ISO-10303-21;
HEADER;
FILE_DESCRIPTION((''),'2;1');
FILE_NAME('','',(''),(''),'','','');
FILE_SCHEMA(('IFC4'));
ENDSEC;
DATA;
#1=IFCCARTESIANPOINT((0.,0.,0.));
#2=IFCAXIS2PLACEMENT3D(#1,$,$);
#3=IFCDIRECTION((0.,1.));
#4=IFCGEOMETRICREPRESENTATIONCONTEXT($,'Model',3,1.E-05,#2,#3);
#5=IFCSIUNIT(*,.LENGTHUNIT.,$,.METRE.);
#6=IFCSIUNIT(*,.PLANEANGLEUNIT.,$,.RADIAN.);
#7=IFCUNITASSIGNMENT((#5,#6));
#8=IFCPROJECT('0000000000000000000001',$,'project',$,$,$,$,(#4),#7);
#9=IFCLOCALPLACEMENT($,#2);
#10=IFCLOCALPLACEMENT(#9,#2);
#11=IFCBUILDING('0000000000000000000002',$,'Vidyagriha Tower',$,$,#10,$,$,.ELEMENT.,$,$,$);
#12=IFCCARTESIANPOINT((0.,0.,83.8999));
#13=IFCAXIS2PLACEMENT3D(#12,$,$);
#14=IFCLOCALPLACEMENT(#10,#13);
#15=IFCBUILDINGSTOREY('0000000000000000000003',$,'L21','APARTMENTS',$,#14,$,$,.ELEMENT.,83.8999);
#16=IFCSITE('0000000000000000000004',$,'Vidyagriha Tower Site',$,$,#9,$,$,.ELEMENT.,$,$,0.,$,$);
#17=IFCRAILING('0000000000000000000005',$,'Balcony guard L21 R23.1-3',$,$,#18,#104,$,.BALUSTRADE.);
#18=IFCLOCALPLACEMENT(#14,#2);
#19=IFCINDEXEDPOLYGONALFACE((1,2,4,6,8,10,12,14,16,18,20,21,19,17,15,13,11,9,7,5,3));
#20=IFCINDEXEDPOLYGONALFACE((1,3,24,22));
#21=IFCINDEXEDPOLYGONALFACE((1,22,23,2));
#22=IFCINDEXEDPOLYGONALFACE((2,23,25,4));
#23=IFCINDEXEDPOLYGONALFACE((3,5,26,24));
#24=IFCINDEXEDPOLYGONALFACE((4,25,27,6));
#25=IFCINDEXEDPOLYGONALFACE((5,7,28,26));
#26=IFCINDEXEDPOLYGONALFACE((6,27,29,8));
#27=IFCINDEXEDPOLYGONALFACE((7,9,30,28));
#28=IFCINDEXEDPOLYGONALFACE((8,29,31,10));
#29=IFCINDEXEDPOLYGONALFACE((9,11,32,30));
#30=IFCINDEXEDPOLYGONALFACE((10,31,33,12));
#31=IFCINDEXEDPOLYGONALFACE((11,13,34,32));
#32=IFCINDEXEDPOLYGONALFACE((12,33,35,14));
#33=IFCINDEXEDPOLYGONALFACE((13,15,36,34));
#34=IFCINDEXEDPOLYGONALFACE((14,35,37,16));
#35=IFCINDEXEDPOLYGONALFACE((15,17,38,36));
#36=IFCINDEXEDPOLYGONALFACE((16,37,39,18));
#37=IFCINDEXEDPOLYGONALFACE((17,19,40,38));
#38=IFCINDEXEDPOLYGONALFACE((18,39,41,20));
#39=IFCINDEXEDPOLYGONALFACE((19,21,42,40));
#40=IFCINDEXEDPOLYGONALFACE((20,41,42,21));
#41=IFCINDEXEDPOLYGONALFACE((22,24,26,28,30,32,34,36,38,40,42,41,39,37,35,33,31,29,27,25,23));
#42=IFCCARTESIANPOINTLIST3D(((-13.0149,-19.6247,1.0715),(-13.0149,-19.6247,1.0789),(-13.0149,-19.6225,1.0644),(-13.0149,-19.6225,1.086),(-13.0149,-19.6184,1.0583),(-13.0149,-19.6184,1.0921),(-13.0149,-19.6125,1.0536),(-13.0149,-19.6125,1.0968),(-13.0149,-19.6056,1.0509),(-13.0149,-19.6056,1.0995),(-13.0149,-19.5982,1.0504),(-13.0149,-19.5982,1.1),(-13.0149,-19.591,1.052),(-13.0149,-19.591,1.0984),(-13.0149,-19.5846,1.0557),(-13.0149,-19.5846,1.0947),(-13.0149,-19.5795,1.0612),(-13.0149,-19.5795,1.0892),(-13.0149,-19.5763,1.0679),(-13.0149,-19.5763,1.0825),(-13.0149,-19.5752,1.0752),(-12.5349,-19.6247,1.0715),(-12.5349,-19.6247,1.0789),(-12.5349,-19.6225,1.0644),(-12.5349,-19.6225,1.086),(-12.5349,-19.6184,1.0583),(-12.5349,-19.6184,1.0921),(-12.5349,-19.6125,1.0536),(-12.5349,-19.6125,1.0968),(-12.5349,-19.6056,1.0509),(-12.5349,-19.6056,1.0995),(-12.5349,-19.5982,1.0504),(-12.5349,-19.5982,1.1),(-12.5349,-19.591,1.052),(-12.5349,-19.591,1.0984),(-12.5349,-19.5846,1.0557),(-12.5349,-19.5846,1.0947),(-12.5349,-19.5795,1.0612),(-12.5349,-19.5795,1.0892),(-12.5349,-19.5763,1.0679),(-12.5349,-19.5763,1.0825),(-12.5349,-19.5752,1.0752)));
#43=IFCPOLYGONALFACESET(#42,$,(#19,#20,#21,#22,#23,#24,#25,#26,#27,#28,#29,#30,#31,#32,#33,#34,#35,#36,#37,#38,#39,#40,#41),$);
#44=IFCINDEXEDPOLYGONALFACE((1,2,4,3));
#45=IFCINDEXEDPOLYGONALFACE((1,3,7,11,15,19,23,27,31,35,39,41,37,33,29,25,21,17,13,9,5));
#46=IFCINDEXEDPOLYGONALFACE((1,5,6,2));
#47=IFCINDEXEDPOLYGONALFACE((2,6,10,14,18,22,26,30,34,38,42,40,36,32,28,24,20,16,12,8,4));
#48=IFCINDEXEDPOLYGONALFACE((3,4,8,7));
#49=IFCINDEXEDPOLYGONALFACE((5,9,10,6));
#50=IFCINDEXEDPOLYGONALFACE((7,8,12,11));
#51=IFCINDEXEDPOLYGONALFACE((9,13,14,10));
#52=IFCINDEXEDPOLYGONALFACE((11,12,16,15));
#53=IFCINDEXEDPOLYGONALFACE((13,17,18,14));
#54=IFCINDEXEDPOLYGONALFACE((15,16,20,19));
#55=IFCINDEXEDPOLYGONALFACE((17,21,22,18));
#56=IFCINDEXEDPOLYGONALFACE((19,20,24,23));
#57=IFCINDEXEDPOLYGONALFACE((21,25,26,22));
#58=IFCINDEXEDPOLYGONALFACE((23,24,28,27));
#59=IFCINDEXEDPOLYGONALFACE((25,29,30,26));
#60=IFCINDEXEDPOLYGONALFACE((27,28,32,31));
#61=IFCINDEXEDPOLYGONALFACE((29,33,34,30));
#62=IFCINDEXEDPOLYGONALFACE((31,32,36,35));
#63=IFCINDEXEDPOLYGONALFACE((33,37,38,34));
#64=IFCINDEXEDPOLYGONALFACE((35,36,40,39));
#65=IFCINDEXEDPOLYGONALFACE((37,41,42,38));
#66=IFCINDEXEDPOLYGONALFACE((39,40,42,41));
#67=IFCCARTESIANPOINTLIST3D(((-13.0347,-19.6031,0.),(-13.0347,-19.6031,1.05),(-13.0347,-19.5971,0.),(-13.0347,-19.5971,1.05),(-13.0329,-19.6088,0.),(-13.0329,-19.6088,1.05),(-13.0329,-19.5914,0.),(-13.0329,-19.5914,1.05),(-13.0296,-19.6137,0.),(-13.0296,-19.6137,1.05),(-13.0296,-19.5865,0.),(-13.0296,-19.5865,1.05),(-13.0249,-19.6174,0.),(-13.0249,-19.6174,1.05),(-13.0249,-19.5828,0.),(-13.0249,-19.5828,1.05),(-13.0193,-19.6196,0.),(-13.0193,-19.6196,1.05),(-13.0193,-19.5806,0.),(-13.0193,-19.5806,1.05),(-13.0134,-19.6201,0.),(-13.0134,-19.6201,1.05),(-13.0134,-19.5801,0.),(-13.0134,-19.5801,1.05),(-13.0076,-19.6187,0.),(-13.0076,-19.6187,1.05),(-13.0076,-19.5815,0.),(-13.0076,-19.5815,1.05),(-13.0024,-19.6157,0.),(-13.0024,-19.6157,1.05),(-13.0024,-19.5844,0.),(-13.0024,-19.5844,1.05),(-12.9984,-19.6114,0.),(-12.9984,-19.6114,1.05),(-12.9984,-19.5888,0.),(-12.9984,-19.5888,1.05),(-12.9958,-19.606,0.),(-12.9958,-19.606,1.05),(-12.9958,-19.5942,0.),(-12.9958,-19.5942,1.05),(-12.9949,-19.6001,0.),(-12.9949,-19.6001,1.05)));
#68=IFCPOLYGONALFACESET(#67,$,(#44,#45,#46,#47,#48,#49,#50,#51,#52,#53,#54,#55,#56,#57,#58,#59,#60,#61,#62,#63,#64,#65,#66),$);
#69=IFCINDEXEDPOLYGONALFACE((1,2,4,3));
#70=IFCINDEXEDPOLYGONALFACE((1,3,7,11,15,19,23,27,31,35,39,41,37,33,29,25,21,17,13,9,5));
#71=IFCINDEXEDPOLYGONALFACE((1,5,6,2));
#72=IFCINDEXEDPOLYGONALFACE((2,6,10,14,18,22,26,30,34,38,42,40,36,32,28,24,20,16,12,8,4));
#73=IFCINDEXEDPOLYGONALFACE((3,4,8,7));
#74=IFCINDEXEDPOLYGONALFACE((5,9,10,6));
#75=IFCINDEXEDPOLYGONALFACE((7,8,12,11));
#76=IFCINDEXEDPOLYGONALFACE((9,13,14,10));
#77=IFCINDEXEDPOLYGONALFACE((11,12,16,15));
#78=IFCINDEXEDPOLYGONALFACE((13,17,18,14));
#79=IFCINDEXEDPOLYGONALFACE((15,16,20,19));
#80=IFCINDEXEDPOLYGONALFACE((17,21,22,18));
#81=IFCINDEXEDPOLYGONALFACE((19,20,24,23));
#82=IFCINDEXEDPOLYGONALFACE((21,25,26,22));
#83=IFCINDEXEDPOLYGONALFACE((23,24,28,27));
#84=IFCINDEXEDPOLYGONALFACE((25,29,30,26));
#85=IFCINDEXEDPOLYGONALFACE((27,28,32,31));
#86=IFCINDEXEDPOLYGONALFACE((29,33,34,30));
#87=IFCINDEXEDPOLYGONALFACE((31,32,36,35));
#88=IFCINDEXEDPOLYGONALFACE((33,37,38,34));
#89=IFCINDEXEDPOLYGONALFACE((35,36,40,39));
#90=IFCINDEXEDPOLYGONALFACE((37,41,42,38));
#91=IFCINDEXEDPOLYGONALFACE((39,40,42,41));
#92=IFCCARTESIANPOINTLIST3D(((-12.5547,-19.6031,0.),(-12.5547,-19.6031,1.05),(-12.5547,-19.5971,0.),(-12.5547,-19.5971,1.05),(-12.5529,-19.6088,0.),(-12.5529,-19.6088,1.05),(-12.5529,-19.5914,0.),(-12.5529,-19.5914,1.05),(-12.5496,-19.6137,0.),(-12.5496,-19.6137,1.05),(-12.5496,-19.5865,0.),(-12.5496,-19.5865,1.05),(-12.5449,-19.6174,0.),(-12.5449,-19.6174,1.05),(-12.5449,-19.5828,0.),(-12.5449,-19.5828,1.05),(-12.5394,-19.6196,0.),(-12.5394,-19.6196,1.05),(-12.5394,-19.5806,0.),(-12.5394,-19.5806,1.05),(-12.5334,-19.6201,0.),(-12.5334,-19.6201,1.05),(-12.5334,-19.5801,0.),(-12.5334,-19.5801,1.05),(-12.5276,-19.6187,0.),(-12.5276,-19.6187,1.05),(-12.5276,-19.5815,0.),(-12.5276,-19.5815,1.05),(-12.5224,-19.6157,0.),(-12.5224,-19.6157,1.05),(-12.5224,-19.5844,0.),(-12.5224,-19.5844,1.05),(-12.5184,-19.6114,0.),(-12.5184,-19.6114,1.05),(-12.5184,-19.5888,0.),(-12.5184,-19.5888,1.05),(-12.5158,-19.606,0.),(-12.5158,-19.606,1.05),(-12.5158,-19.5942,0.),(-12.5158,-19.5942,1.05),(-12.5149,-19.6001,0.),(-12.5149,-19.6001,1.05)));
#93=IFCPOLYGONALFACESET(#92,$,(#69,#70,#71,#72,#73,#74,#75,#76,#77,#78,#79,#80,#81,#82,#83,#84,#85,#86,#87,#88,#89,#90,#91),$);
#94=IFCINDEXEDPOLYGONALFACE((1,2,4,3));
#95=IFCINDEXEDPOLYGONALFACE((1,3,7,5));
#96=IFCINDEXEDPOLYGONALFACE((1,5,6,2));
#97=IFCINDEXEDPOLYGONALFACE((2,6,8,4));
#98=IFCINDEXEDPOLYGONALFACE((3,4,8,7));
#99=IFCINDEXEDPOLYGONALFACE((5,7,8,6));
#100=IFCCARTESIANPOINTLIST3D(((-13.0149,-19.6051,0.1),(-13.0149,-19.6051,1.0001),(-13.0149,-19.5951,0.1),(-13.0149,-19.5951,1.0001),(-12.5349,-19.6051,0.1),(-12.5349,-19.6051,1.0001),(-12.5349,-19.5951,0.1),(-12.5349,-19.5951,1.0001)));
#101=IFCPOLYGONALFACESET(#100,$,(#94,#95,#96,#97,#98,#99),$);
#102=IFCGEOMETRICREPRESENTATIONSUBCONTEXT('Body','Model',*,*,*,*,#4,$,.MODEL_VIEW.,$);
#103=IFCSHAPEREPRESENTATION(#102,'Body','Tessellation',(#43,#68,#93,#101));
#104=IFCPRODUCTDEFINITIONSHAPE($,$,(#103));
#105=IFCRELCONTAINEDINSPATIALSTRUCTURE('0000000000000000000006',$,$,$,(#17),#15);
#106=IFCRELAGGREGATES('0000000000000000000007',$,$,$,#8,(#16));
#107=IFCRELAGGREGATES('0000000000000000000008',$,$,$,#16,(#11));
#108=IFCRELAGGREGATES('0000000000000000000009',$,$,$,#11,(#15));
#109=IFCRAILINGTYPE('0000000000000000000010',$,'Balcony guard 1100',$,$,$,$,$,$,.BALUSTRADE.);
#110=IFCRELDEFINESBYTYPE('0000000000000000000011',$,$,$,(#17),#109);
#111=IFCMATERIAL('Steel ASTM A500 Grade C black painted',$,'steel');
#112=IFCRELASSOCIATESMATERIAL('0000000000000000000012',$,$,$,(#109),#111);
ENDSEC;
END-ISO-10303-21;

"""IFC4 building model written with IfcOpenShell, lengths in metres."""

from ifc_helpers import new_model, si_unit, direction, frame, origin, origin_2d, place, context, subcontext, project, spatial, rectangle, circle, extrude, material, type_object, element, save


model = new_model("IFC4")

# Units and contexts
model_context = context("Model", 3, precision=1e-05, world=origin(), true_north=direction((0.0, 1.0)))
body_context = subcontext(model_context, "Body", "Model", "MODEL_VIEW")
ifc_project = project(units=[si_unit("LENGTHUNIT", "METRE"), si_unit("PLANEANGLEUNIT", "RADIAN")], contexts=[model_context])

# Site, building, storey
site_placement = place(None, origin())
site = spatial("IfcSite", under=ifc_project, at=site_placement, Name="Vidyagriha Tower Site", CompositionType="ELEMENT", RefElevation=0.0)
building_placement = place(site_placement, origin())
building = spatial("IfcBuilding", under=site, at=building_placement, Name="Vidyagriha Tower", CompositionType="ELEMENT")
storey_placement = place(building_placement, frame((0.0, 0.0, 83.8999)))
storey = spatial("IfcBuildingStorey", under=building, at=storey_placement, Name="L21", Description="APARTMENTS", CompositionType="ELEMENT", Elevation=83.8999)

# Railing
ifc_material_1 = material(Name="Steel ASTM A500 Grade C black painted", Category="steel")
railing_type = type_object("IfcRailingType", Name="Balcony guard 1100", PredefinedType="BALUSTRADE", material=ifc_material_1)
railing_1_placement = place(storey_placement, frame((-13.0149, -19.6001, 0.0)))
element("IfcRailing", 1, at=railing_1_placement, inside=storey, type_object=railing_type, Name="Balcony guard L21 R23.1-3", PredefinedType="BALUSTRADE", context=body_context, shape_type="SweptSolid", body=[
    extrude(circle(Radius=0.0249, at=origin_2d()), frame((0.0, 0.0, 1.0752), z_axis=(1.0, 0.0, 0.0), x_axis=(0.0, 1.0, 0.0)), (0.0, 0.0, 1.0), 0.48),
    extrude(circle(Radius=0.02, at=origin_2d()), origin(), (0.0, 0.0, 1.0), 1.05),
    extrude(circle(Radius=0.02, at=origin_2d()), frame((0.48, 0.0, 0.0)), (0.0, 0.0, 1.0), 1.05),
    extrude(rectangle(XDim=0.01, YDim=0.9001, at=origin_2d()), frame((0.0, 0.0, 0.55), z_axis=(1.0, 0.0, 0.0), x_axis=(0.0, 1.0, 0.0)), (0.0, 0.0, 1.0), 0.48),
])

save(model, "model.ifc")
